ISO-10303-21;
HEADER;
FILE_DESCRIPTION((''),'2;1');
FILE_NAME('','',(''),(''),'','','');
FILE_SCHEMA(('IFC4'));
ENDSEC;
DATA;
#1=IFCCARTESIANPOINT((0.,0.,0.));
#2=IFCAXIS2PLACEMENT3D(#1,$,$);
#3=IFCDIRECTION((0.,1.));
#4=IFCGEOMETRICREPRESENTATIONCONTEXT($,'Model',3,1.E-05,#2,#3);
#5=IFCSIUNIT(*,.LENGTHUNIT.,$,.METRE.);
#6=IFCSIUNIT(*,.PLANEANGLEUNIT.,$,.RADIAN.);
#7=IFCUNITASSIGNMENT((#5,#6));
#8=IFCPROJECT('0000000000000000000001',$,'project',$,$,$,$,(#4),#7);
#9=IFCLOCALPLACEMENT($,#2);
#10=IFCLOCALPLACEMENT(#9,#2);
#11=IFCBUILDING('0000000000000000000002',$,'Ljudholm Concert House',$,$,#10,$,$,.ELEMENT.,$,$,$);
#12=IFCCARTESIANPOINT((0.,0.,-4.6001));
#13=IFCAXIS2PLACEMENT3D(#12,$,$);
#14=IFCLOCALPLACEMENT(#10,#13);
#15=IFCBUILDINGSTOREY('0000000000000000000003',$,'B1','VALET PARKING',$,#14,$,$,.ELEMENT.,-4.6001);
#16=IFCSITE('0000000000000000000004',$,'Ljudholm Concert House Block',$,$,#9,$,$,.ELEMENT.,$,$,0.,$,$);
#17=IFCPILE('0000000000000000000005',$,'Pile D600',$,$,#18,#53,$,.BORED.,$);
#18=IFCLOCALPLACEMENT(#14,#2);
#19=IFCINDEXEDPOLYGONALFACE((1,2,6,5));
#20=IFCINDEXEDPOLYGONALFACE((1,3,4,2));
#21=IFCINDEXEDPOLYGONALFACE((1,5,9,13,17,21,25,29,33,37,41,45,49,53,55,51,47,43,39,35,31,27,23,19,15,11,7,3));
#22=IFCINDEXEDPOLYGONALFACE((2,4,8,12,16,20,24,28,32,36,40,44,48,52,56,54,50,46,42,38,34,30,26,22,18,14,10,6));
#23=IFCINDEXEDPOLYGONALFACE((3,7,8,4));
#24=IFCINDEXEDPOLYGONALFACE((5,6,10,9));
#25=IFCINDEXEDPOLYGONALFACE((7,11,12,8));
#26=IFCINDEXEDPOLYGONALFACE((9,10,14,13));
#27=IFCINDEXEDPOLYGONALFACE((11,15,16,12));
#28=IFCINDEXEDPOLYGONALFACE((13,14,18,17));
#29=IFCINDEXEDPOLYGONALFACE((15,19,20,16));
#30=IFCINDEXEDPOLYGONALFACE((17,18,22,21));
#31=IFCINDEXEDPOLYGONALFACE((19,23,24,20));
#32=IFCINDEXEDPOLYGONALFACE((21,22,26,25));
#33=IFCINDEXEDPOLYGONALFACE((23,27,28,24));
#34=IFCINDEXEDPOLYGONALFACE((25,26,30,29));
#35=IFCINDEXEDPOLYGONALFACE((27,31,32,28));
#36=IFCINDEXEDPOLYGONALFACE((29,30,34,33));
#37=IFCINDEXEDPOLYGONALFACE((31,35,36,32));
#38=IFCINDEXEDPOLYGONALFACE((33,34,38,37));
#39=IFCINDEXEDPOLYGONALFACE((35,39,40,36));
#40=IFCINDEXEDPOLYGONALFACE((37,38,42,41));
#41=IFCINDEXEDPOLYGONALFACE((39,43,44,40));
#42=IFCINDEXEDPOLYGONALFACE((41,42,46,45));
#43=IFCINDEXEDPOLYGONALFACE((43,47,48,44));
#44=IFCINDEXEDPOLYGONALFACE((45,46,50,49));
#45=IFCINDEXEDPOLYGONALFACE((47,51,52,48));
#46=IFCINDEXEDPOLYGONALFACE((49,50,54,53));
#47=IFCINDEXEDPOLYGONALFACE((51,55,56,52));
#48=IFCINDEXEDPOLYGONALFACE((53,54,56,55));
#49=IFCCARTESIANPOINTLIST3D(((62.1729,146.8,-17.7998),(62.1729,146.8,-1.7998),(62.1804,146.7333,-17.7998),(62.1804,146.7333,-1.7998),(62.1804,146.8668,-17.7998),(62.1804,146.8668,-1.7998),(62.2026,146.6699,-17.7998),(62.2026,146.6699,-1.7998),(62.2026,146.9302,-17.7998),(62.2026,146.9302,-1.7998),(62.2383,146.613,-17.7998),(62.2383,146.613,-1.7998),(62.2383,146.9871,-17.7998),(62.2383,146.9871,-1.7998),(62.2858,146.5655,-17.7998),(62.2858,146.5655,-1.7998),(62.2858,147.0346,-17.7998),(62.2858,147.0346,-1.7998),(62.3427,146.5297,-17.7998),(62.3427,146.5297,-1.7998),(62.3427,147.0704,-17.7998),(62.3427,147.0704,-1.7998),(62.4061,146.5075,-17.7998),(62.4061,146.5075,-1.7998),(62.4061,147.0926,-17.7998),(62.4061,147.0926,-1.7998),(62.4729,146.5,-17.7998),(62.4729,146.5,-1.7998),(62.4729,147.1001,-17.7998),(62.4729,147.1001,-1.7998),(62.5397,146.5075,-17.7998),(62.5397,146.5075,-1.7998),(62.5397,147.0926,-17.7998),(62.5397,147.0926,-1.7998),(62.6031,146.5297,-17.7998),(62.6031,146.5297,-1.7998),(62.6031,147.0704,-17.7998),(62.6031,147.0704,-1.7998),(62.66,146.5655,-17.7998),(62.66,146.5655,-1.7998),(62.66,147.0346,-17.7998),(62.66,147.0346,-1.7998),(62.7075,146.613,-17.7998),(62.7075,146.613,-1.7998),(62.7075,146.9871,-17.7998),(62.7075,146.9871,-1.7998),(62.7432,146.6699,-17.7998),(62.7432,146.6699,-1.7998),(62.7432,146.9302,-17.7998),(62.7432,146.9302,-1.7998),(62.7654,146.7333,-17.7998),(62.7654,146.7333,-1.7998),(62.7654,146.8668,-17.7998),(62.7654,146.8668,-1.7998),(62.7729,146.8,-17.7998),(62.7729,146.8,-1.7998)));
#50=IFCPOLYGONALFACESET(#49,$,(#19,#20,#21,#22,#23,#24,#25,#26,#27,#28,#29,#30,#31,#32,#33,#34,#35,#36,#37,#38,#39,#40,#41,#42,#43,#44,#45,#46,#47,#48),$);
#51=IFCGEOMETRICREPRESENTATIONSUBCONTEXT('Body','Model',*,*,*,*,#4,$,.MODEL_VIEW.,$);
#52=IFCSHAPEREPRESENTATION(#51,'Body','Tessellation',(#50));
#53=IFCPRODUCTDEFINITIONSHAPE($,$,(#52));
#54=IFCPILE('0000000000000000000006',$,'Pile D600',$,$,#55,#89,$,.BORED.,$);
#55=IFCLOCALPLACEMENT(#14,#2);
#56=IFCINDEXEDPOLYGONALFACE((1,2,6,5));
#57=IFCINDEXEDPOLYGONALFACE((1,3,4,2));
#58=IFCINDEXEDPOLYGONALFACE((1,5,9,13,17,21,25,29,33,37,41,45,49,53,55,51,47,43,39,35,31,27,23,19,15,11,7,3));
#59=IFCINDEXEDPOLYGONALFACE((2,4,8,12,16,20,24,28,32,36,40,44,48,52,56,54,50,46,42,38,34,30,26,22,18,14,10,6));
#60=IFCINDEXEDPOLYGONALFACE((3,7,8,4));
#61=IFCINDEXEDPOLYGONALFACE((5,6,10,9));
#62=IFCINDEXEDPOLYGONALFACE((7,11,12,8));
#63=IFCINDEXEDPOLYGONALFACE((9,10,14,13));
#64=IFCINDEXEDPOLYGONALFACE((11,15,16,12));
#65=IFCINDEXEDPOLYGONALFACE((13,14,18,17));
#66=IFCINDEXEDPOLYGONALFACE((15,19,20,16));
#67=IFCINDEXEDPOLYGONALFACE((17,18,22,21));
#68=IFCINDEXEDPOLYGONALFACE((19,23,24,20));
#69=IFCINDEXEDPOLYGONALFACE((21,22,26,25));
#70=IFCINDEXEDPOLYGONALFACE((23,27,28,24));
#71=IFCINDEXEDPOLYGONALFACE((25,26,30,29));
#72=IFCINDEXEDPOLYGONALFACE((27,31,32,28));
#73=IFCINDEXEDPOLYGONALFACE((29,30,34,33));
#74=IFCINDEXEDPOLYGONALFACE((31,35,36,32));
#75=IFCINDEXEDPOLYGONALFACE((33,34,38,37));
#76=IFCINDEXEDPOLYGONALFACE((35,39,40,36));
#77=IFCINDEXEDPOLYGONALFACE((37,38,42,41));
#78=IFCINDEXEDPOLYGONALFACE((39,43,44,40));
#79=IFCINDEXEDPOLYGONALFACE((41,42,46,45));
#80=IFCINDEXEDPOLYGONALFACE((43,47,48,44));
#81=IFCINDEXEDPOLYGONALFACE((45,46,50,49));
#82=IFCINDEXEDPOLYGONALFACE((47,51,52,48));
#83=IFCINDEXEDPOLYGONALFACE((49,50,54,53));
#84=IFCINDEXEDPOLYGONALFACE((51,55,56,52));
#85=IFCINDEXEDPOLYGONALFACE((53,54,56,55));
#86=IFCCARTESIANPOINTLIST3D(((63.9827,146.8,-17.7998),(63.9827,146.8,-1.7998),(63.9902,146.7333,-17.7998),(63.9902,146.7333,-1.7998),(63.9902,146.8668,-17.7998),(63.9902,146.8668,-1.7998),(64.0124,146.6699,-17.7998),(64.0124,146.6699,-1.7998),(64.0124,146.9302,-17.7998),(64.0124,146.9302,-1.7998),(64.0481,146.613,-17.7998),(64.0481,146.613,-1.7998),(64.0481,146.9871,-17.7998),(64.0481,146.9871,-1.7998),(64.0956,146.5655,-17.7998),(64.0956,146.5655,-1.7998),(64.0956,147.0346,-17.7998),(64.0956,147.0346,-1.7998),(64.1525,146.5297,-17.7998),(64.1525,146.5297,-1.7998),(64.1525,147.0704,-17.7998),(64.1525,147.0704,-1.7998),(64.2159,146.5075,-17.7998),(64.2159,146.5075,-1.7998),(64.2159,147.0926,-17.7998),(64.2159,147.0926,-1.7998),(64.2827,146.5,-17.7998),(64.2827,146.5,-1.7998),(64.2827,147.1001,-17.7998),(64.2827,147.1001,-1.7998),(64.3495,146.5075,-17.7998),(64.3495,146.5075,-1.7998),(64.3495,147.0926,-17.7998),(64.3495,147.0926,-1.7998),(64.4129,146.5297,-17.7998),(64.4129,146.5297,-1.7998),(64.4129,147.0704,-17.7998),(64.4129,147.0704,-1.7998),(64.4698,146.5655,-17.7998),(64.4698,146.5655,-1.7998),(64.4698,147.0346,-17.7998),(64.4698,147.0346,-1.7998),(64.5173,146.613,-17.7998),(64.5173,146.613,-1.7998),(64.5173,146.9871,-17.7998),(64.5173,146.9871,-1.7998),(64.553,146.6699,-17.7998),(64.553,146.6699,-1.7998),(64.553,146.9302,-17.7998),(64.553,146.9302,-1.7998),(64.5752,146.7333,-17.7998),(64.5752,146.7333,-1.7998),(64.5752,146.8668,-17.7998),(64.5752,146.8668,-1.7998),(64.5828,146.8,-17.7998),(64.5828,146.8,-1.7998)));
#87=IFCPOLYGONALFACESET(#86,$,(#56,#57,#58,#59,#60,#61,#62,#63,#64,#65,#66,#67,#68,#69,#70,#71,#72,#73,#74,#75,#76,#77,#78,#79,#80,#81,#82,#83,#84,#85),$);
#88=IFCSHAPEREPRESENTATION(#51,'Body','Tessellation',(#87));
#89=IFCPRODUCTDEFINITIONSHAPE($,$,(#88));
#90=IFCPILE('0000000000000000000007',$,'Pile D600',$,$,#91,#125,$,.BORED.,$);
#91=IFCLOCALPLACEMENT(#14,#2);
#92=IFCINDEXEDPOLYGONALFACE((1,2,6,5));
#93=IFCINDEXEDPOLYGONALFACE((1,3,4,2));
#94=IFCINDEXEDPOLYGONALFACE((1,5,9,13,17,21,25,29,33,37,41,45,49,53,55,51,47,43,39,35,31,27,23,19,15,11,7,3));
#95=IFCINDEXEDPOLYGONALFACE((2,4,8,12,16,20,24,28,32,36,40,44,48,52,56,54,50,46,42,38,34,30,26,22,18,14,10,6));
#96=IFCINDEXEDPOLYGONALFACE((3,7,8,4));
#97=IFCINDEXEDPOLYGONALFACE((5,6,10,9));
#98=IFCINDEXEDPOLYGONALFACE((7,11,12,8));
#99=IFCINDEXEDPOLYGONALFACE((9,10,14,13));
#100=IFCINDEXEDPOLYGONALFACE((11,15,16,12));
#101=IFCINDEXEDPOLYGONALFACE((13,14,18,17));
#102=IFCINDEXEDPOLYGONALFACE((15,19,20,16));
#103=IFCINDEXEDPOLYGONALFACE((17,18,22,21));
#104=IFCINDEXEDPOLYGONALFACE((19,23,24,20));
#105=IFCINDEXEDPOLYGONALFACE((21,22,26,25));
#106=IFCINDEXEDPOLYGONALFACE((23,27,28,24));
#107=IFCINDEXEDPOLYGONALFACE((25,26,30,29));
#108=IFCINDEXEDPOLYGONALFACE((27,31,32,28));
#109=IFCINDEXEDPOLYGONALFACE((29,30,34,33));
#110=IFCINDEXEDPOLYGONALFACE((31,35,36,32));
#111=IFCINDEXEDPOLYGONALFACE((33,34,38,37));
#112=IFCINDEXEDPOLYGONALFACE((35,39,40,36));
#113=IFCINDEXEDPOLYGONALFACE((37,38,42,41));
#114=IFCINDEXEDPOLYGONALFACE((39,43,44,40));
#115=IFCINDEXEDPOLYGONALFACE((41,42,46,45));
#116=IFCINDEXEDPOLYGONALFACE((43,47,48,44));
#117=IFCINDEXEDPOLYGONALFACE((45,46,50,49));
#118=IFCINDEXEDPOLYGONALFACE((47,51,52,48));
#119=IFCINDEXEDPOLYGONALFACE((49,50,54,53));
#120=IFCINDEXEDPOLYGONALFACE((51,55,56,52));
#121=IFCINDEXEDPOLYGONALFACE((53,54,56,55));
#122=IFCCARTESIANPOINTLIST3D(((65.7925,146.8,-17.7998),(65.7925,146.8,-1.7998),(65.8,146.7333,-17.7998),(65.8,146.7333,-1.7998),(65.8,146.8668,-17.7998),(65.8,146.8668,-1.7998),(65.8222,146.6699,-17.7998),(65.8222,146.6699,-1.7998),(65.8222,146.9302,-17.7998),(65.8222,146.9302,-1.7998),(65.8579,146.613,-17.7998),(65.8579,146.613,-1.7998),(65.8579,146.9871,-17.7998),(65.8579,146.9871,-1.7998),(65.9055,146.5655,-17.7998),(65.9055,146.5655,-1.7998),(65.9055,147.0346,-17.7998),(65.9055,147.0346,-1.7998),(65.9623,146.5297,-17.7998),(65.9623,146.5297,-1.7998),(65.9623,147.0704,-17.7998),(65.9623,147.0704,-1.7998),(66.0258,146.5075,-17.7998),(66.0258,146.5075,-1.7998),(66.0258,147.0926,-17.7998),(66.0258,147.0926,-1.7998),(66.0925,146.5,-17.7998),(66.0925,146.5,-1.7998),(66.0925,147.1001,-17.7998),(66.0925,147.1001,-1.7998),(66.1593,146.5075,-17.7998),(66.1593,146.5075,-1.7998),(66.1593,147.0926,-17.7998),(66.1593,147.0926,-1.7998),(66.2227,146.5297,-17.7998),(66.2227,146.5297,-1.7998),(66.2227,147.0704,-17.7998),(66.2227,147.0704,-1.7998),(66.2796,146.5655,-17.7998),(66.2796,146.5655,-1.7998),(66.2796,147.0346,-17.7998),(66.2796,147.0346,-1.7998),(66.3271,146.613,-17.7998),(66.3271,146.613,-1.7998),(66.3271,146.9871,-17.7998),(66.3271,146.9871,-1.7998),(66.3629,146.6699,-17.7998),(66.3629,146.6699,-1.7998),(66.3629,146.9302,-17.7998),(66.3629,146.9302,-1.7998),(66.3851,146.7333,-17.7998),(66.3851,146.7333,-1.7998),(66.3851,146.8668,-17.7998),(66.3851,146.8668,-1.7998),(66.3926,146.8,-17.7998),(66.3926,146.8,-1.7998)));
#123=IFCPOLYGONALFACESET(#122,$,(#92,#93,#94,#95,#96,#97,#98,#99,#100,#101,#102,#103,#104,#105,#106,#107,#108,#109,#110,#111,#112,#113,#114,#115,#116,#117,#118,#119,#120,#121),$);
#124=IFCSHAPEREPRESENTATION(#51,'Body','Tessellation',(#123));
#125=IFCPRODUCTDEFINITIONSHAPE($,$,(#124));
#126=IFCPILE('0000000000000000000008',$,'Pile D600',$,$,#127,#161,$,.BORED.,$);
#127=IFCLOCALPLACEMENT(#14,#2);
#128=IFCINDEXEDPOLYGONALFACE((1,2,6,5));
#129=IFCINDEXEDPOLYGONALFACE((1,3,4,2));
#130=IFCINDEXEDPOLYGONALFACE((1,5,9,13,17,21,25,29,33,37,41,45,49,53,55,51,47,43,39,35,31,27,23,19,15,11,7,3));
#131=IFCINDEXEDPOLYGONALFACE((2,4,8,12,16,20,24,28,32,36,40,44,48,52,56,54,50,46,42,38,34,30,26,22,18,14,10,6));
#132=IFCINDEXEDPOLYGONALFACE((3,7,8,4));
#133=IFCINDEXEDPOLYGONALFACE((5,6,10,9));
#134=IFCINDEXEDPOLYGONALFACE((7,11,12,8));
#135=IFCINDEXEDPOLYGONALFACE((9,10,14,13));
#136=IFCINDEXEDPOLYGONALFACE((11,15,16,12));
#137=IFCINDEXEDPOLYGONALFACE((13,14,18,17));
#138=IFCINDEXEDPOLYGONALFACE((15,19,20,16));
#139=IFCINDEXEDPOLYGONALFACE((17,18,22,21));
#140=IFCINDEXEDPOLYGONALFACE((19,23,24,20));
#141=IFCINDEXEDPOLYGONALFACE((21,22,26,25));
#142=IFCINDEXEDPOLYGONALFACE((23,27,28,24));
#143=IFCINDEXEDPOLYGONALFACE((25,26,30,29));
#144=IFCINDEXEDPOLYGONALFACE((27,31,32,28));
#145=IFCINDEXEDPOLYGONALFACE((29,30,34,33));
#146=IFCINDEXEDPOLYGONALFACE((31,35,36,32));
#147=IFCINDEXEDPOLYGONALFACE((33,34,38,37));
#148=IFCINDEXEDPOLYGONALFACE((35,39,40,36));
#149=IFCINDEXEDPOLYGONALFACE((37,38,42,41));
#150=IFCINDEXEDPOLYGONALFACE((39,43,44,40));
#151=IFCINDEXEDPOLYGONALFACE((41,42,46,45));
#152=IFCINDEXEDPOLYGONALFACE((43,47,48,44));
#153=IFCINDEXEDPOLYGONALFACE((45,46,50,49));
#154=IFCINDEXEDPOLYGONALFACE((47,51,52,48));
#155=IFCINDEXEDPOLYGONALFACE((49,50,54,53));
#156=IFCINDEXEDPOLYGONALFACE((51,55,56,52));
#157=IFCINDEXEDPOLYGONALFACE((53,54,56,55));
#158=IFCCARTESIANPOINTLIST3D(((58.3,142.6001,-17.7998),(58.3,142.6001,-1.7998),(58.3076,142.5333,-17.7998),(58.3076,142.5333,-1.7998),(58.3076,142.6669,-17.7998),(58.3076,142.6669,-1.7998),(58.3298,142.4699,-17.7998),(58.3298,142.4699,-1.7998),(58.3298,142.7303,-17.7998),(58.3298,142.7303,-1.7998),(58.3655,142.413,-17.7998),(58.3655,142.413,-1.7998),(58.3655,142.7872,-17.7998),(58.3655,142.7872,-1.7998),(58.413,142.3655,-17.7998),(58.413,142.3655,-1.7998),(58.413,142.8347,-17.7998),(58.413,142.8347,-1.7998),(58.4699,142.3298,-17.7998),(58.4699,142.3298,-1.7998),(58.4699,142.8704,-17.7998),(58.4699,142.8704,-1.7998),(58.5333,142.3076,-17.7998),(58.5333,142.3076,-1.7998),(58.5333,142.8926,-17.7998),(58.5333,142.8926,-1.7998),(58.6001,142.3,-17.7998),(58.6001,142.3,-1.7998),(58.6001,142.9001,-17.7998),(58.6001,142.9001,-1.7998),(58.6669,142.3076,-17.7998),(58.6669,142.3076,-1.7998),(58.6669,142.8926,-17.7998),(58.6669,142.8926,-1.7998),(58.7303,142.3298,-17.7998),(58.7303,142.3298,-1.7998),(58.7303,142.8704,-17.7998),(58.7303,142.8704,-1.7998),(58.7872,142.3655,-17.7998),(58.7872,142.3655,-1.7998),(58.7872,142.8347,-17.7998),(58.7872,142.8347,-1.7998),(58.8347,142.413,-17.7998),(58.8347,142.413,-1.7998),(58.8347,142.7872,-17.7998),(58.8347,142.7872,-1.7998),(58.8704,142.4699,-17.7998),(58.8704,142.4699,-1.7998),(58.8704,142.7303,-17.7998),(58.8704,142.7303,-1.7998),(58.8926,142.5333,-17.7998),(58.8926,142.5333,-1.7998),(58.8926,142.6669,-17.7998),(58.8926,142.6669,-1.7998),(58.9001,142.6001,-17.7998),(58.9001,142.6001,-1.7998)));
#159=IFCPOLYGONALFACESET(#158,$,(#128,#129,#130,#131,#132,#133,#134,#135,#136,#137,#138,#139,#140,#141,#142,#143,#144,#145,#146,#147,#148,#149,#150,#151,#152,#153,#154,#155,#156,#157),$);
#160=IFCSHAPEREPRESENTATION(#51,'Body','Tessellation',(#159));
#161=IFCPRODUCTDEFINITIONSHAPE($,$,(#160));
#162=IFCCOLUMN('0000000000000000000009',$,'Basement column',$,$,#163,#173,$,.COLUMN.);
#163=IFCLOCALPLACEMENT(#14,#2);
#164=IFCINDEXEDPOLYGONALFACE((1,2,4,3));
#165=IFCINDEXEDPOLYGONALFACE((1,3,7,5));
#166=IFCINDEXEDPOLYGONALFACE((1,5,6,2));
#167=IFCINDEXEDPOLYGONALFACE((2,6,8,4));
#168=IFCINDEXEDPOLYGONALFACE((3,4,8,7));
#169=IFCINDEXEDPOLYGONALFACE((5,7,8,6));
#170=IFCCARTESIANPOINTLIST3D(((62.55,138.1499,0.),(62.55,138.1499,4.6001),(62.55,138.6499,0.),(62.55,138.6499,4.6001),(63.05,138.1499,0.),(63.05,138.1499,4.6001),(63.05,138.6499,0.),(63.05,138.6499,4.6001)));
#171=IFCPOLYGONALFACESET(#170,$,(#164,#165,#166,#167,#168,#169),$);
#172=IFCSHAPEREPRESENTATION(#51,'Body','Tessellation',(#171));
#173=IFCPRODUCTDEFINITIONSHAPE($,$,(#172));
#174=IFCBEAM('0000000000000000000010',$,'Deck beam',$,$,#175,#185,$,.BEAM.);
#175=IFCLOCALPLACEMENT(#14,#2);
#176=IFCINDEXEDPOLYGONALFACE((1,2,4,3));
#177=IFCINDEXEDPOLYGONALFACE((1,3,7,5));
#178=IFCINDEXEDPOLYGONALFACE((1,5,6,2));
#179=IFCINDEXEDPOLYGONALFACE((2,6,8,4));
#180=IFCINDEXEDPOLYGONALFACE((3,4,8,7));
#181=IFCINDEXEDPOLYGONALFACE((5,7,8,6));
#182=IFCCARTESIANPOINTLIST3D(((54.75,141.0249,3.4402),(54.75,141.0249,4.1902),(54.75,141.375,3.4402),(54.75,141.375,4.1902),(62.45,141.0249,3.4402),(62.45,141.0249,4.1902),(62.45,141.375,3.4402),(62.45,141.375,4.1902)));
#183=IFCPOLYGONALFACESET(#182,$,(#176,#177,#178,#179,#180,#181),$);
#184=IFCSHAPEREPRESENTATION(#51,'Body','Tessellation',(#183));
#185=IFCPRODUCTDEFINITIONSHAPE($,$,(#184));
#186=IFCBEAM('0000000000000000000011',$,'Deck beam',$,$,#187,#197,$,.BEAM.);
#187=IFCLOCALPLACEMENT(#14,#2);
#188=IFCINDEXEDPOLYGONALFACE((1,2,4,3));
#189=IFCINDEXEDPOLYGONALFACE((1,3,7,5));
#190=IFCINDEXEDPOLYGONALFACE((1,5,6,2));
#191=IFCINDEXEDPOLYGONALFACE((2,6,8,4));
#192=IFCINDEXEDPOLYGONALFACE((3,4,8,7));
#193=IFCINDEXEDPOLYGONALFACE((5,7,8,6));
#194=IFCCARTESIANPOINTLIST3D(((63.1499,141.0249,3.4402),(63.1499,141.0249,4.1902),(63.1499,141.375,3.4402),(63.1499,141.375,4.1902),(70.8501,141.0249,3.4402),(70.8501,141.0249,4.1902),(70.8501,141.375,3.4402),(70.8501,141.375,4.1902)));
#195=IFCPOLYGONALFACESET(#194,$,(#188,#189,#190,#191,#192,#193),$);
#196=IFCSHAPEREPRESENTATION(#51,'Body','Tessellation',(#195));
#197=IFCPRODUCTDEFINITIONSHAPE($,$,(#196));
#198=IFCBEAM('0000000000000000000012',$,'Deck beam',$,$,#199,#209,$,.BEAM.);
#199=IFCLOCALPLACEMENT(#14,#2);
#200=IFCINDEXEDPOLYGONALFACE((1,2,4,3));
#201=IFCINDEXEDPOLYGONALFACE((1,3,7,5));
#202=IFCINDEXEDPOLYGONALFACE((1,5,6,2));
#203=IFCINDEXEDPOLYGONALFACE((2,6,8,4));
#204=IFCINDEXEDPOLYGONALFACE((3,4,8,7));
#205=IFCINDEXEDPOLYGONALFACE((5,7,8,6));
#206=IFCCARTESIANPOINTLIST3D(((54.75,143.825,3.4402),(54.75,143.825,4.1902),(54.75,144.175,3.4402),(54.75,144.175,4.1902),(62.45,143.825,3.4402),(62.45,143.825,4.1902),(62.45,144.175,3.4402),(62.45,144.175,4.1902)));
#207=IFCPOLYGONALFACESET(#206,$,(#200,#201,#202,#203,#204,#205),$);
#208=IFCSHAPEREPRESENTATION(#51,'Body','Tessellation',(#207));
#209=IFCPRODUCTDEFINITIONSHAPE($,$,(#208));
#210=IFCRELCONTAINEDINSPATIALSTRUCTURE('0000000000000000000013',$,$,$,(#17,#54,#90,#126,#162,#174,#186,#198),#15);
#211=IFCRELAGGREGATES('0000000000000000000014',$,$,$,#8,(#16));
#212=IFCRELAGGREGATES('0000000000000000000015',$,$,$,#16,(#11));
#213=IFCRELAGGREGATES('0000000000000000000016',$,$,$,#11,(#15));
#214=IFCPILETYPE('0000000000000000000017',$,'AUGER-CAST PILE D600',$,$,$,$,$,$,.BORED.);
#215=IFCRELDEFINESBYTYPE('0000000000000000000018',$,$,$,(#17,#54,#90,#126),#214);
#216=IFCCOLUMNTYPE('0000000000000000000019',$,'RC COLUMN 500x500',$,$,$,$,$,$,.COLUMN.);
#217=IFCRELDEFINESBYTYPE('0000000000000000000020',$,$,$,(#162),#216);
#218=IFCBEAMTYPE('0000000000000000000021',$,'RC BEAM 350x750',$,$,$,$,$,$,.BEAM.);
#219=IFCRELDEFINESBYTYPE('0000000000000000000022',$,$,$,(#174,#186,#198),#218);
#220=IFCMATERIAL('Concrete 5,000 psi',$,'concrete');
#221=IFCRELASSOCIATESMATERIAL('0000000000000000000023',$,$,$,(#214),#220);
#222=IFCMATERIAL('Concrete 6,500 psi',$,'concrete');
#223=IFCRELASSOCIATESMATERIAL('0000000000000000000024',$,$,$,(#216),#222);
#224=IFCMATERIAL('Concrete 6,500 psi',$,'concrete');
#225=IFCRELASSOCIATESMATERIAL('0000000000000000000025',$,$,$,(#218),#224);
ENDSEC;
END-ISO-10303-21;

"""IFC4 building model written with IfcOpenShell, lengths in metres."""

from ifc_helpers import new_model, si_unit, direction, frame, origin, origin_2d, place, context, subcontext, project, spatial, rectangle, circle, extrude, material, material_profile, profile_set, type_object, element, save


model = new_model("IFC4")

# Units and contexts
model_context = context("Model", 3, precision=1e-05, world=origin(), true_north=direction((0.0, 1.0)))
body_context = subcontext(model_context, "Body", "Model", "MODEL_VIEW")
ifc_project = project(units=[si_unit("LENGTHUNIT", "METRE"), si_unit("PLANEANGLEUNIT", "RADIAN")], contexts=[model_context])

# Site, building, storey
site_placement = place(None, origin())
site = spatial("IfcSite", under=ifc_project, at=site_placement, Name="Ljudholm Concert House Block", CompositionType="ELEMENT", RefElevation=0.0)
building_placement = place(site_placement, origin())
building = spatial("IfcBuilding", under=site, at=building_placement, Name="Ljudholm Concert House", CompositionType="ELEMENT")
storey_placement = place(building_placement, frame((0.0, 0.0, -4.6001)))
storey = spatial("IfcBuildingStorey", under=building, at=storey_placement, Name="B1", Description="VALET PARKING", CompositionType="ELEMENT", Elevation=-4.6001)

# Piles
ifc_material_1 = material(Name="Concrete 5,000 psi", Category="concrete")
ifc_material_profile_1 = material_profile(ifc_material_1, circle(Radius=0.3, at=origin_2d()), Name="AUGER-CAST PILE D600")
ifc_profile_set_1 = profile_set([ifc_material_profile_1], Name="Concrete 5,000 psi")
pile_type = type_object("IfcPileType", Name="AUGER-CAST PILE D600", PredefinedType="BORED", material=ifc_profile_set_1)
for number, where, z_axis, x_axis, name in (
    (1, (62.4729, 146.8, -1.7998), (0.0, 0.0, -1.0), (1.0, 0.0, 0.0), "Pile D600"),
    (2, (64.2827, 146.8, -1.7998), (0.0, 0.0, -1.0), (1.0, 0.0, 0.0), "Pile D600"),
    (3, (66.0925, 146.8, -1.7998), (0.0, 0.0, -1.0), (1.0, 0.0, 0.0), "Pile D600"),
    (4, (58.6001, 142.6001, -1.7998), (0.0, 0.0, -1.0), (1.0, 0.0, 0.0), "Pile D600"),
):
    element("IfcPile", number, at=place(storey_placement, frame(where, z_axis=z_axis, x_axis=x_axis)), inside=storey, type_object=pile_type, Name=name, PredefinedType="BORED", context=body_context, shape_type="SweptSolid", body=[
        extrude(circle(Radius=0.3, at=origin_2d()), origin(), (0.0, 0.0, 1.0), 16.0),
    ])

# Column
ifc_material_2 = material(Name="Concrete 6,500 psi", Category="concrete")
ifc_material_profile_2 = material_profile(ifc_material_2, rectangle(XDim=0.5, YDim=0.5, at=origin_2d()), Name="RC COLUMN 500x500")
ifc_profile_set_2 = profile_set([ifc_material_profile_2], Name="Concrete 6,500 psi")
column_type = type_object("IfcColumnType", Name="RC COLUMN 500x500", PredefinedType="COLUMN", material=ifc_profile_set_2)
column_placement = place(storey_placement, frame((62.8, 138.3999, 0.0), z_axis=(0.0, 0.0, 1.0), x_axis=(1.0, 0.0, 0.0)))
element("IfcColumn", 5, at=column_placement, inside=storey, type_object=column_type, Name="Basement column", PredefinedType="COLUMN", context=body_context, shape_type="SweptSolid", body=[
    extrude(rectangle(XDim=0.5, YDim=0.5, at=origin_2d()), origin(), (0.0, 0.0, 1.0), 4.6001),
])

# Beams
ifc_material_3 = material(Name="Concrete 6,500 psi", Category="concrete")
ifc_material_profile_3 = material_profile(ifc_material_3, rectangle(XDim=0.3501, YDim=0.75, at=origin_2d()), Name="RC BEAM 350x750")
ifc_profile_set_3 = profile_set([ifc_material_profile_3], Name="Concrete 6,500 psi")
beam_type_1 = type_object("IfcBeamType", Name="RC BEAM 350x750", PredefinedType="BEAM", material=ifc_profile_set_3)
beam_1_placement = place(storey_placement, frame((54.75, 141.2, 3.8152), z_axis=(1.0, 0.0, 0.0), x_axis=(0.0, 1.0, 0.0)))
element("IfcBeam", 6, at=beam_1_placement, inside=storey, type_object=beam_type_1, Name="Deck beam", PredefinedType="BEAM", context=body_context, shape_type="SweptSolid", body=[
    extrude(rectangle(XDim=0.3501, YDim=0.75, at=origin_2d()), origin(), (0.0, 0.0, 1.0), 7.7),
])
beam_2_placement = place(storey_placement, frame((63.1499, 141.2, 3.8152), z_axis=(1.0, 0.0, 0.0), x_axis=(0.0, 1.0, 0.0)))
element("IfcBeam", 7, at=beam_2_placement, inside=storey, type_object=beam_type_1, Name="Deck beam", PredefinedType="BEAM", context=body_context, shape_type="SweptSolid", body=[
    extrude(rectangle(XDim=0.3501, YDim=0.75, at=origin_2d()), origin(), (0.0, 0.0, 1.0), 7.7002),
])
beam_3_placement = place(storey_placement, frame((54.75, 144.0, 3.8152), z_axis=(1.0, 0.0, 0.0), x_axis=(0.0, 1.0, 0.0)))
element("IfcBeam", 8, at=beam_3_placement, inside=storey, type_object=beam_type_1, Name="Deck beam", PredefinedType="BEAM", context=body_context, shape_type="SweptSolid", body=[
    extrude(rectangle(XDim=0.3501, YDim=0.75, at=origin_2d()), origin(), (0.0, 0.0, 1.0), 7.7),
])

save(model, "model.ifc")
